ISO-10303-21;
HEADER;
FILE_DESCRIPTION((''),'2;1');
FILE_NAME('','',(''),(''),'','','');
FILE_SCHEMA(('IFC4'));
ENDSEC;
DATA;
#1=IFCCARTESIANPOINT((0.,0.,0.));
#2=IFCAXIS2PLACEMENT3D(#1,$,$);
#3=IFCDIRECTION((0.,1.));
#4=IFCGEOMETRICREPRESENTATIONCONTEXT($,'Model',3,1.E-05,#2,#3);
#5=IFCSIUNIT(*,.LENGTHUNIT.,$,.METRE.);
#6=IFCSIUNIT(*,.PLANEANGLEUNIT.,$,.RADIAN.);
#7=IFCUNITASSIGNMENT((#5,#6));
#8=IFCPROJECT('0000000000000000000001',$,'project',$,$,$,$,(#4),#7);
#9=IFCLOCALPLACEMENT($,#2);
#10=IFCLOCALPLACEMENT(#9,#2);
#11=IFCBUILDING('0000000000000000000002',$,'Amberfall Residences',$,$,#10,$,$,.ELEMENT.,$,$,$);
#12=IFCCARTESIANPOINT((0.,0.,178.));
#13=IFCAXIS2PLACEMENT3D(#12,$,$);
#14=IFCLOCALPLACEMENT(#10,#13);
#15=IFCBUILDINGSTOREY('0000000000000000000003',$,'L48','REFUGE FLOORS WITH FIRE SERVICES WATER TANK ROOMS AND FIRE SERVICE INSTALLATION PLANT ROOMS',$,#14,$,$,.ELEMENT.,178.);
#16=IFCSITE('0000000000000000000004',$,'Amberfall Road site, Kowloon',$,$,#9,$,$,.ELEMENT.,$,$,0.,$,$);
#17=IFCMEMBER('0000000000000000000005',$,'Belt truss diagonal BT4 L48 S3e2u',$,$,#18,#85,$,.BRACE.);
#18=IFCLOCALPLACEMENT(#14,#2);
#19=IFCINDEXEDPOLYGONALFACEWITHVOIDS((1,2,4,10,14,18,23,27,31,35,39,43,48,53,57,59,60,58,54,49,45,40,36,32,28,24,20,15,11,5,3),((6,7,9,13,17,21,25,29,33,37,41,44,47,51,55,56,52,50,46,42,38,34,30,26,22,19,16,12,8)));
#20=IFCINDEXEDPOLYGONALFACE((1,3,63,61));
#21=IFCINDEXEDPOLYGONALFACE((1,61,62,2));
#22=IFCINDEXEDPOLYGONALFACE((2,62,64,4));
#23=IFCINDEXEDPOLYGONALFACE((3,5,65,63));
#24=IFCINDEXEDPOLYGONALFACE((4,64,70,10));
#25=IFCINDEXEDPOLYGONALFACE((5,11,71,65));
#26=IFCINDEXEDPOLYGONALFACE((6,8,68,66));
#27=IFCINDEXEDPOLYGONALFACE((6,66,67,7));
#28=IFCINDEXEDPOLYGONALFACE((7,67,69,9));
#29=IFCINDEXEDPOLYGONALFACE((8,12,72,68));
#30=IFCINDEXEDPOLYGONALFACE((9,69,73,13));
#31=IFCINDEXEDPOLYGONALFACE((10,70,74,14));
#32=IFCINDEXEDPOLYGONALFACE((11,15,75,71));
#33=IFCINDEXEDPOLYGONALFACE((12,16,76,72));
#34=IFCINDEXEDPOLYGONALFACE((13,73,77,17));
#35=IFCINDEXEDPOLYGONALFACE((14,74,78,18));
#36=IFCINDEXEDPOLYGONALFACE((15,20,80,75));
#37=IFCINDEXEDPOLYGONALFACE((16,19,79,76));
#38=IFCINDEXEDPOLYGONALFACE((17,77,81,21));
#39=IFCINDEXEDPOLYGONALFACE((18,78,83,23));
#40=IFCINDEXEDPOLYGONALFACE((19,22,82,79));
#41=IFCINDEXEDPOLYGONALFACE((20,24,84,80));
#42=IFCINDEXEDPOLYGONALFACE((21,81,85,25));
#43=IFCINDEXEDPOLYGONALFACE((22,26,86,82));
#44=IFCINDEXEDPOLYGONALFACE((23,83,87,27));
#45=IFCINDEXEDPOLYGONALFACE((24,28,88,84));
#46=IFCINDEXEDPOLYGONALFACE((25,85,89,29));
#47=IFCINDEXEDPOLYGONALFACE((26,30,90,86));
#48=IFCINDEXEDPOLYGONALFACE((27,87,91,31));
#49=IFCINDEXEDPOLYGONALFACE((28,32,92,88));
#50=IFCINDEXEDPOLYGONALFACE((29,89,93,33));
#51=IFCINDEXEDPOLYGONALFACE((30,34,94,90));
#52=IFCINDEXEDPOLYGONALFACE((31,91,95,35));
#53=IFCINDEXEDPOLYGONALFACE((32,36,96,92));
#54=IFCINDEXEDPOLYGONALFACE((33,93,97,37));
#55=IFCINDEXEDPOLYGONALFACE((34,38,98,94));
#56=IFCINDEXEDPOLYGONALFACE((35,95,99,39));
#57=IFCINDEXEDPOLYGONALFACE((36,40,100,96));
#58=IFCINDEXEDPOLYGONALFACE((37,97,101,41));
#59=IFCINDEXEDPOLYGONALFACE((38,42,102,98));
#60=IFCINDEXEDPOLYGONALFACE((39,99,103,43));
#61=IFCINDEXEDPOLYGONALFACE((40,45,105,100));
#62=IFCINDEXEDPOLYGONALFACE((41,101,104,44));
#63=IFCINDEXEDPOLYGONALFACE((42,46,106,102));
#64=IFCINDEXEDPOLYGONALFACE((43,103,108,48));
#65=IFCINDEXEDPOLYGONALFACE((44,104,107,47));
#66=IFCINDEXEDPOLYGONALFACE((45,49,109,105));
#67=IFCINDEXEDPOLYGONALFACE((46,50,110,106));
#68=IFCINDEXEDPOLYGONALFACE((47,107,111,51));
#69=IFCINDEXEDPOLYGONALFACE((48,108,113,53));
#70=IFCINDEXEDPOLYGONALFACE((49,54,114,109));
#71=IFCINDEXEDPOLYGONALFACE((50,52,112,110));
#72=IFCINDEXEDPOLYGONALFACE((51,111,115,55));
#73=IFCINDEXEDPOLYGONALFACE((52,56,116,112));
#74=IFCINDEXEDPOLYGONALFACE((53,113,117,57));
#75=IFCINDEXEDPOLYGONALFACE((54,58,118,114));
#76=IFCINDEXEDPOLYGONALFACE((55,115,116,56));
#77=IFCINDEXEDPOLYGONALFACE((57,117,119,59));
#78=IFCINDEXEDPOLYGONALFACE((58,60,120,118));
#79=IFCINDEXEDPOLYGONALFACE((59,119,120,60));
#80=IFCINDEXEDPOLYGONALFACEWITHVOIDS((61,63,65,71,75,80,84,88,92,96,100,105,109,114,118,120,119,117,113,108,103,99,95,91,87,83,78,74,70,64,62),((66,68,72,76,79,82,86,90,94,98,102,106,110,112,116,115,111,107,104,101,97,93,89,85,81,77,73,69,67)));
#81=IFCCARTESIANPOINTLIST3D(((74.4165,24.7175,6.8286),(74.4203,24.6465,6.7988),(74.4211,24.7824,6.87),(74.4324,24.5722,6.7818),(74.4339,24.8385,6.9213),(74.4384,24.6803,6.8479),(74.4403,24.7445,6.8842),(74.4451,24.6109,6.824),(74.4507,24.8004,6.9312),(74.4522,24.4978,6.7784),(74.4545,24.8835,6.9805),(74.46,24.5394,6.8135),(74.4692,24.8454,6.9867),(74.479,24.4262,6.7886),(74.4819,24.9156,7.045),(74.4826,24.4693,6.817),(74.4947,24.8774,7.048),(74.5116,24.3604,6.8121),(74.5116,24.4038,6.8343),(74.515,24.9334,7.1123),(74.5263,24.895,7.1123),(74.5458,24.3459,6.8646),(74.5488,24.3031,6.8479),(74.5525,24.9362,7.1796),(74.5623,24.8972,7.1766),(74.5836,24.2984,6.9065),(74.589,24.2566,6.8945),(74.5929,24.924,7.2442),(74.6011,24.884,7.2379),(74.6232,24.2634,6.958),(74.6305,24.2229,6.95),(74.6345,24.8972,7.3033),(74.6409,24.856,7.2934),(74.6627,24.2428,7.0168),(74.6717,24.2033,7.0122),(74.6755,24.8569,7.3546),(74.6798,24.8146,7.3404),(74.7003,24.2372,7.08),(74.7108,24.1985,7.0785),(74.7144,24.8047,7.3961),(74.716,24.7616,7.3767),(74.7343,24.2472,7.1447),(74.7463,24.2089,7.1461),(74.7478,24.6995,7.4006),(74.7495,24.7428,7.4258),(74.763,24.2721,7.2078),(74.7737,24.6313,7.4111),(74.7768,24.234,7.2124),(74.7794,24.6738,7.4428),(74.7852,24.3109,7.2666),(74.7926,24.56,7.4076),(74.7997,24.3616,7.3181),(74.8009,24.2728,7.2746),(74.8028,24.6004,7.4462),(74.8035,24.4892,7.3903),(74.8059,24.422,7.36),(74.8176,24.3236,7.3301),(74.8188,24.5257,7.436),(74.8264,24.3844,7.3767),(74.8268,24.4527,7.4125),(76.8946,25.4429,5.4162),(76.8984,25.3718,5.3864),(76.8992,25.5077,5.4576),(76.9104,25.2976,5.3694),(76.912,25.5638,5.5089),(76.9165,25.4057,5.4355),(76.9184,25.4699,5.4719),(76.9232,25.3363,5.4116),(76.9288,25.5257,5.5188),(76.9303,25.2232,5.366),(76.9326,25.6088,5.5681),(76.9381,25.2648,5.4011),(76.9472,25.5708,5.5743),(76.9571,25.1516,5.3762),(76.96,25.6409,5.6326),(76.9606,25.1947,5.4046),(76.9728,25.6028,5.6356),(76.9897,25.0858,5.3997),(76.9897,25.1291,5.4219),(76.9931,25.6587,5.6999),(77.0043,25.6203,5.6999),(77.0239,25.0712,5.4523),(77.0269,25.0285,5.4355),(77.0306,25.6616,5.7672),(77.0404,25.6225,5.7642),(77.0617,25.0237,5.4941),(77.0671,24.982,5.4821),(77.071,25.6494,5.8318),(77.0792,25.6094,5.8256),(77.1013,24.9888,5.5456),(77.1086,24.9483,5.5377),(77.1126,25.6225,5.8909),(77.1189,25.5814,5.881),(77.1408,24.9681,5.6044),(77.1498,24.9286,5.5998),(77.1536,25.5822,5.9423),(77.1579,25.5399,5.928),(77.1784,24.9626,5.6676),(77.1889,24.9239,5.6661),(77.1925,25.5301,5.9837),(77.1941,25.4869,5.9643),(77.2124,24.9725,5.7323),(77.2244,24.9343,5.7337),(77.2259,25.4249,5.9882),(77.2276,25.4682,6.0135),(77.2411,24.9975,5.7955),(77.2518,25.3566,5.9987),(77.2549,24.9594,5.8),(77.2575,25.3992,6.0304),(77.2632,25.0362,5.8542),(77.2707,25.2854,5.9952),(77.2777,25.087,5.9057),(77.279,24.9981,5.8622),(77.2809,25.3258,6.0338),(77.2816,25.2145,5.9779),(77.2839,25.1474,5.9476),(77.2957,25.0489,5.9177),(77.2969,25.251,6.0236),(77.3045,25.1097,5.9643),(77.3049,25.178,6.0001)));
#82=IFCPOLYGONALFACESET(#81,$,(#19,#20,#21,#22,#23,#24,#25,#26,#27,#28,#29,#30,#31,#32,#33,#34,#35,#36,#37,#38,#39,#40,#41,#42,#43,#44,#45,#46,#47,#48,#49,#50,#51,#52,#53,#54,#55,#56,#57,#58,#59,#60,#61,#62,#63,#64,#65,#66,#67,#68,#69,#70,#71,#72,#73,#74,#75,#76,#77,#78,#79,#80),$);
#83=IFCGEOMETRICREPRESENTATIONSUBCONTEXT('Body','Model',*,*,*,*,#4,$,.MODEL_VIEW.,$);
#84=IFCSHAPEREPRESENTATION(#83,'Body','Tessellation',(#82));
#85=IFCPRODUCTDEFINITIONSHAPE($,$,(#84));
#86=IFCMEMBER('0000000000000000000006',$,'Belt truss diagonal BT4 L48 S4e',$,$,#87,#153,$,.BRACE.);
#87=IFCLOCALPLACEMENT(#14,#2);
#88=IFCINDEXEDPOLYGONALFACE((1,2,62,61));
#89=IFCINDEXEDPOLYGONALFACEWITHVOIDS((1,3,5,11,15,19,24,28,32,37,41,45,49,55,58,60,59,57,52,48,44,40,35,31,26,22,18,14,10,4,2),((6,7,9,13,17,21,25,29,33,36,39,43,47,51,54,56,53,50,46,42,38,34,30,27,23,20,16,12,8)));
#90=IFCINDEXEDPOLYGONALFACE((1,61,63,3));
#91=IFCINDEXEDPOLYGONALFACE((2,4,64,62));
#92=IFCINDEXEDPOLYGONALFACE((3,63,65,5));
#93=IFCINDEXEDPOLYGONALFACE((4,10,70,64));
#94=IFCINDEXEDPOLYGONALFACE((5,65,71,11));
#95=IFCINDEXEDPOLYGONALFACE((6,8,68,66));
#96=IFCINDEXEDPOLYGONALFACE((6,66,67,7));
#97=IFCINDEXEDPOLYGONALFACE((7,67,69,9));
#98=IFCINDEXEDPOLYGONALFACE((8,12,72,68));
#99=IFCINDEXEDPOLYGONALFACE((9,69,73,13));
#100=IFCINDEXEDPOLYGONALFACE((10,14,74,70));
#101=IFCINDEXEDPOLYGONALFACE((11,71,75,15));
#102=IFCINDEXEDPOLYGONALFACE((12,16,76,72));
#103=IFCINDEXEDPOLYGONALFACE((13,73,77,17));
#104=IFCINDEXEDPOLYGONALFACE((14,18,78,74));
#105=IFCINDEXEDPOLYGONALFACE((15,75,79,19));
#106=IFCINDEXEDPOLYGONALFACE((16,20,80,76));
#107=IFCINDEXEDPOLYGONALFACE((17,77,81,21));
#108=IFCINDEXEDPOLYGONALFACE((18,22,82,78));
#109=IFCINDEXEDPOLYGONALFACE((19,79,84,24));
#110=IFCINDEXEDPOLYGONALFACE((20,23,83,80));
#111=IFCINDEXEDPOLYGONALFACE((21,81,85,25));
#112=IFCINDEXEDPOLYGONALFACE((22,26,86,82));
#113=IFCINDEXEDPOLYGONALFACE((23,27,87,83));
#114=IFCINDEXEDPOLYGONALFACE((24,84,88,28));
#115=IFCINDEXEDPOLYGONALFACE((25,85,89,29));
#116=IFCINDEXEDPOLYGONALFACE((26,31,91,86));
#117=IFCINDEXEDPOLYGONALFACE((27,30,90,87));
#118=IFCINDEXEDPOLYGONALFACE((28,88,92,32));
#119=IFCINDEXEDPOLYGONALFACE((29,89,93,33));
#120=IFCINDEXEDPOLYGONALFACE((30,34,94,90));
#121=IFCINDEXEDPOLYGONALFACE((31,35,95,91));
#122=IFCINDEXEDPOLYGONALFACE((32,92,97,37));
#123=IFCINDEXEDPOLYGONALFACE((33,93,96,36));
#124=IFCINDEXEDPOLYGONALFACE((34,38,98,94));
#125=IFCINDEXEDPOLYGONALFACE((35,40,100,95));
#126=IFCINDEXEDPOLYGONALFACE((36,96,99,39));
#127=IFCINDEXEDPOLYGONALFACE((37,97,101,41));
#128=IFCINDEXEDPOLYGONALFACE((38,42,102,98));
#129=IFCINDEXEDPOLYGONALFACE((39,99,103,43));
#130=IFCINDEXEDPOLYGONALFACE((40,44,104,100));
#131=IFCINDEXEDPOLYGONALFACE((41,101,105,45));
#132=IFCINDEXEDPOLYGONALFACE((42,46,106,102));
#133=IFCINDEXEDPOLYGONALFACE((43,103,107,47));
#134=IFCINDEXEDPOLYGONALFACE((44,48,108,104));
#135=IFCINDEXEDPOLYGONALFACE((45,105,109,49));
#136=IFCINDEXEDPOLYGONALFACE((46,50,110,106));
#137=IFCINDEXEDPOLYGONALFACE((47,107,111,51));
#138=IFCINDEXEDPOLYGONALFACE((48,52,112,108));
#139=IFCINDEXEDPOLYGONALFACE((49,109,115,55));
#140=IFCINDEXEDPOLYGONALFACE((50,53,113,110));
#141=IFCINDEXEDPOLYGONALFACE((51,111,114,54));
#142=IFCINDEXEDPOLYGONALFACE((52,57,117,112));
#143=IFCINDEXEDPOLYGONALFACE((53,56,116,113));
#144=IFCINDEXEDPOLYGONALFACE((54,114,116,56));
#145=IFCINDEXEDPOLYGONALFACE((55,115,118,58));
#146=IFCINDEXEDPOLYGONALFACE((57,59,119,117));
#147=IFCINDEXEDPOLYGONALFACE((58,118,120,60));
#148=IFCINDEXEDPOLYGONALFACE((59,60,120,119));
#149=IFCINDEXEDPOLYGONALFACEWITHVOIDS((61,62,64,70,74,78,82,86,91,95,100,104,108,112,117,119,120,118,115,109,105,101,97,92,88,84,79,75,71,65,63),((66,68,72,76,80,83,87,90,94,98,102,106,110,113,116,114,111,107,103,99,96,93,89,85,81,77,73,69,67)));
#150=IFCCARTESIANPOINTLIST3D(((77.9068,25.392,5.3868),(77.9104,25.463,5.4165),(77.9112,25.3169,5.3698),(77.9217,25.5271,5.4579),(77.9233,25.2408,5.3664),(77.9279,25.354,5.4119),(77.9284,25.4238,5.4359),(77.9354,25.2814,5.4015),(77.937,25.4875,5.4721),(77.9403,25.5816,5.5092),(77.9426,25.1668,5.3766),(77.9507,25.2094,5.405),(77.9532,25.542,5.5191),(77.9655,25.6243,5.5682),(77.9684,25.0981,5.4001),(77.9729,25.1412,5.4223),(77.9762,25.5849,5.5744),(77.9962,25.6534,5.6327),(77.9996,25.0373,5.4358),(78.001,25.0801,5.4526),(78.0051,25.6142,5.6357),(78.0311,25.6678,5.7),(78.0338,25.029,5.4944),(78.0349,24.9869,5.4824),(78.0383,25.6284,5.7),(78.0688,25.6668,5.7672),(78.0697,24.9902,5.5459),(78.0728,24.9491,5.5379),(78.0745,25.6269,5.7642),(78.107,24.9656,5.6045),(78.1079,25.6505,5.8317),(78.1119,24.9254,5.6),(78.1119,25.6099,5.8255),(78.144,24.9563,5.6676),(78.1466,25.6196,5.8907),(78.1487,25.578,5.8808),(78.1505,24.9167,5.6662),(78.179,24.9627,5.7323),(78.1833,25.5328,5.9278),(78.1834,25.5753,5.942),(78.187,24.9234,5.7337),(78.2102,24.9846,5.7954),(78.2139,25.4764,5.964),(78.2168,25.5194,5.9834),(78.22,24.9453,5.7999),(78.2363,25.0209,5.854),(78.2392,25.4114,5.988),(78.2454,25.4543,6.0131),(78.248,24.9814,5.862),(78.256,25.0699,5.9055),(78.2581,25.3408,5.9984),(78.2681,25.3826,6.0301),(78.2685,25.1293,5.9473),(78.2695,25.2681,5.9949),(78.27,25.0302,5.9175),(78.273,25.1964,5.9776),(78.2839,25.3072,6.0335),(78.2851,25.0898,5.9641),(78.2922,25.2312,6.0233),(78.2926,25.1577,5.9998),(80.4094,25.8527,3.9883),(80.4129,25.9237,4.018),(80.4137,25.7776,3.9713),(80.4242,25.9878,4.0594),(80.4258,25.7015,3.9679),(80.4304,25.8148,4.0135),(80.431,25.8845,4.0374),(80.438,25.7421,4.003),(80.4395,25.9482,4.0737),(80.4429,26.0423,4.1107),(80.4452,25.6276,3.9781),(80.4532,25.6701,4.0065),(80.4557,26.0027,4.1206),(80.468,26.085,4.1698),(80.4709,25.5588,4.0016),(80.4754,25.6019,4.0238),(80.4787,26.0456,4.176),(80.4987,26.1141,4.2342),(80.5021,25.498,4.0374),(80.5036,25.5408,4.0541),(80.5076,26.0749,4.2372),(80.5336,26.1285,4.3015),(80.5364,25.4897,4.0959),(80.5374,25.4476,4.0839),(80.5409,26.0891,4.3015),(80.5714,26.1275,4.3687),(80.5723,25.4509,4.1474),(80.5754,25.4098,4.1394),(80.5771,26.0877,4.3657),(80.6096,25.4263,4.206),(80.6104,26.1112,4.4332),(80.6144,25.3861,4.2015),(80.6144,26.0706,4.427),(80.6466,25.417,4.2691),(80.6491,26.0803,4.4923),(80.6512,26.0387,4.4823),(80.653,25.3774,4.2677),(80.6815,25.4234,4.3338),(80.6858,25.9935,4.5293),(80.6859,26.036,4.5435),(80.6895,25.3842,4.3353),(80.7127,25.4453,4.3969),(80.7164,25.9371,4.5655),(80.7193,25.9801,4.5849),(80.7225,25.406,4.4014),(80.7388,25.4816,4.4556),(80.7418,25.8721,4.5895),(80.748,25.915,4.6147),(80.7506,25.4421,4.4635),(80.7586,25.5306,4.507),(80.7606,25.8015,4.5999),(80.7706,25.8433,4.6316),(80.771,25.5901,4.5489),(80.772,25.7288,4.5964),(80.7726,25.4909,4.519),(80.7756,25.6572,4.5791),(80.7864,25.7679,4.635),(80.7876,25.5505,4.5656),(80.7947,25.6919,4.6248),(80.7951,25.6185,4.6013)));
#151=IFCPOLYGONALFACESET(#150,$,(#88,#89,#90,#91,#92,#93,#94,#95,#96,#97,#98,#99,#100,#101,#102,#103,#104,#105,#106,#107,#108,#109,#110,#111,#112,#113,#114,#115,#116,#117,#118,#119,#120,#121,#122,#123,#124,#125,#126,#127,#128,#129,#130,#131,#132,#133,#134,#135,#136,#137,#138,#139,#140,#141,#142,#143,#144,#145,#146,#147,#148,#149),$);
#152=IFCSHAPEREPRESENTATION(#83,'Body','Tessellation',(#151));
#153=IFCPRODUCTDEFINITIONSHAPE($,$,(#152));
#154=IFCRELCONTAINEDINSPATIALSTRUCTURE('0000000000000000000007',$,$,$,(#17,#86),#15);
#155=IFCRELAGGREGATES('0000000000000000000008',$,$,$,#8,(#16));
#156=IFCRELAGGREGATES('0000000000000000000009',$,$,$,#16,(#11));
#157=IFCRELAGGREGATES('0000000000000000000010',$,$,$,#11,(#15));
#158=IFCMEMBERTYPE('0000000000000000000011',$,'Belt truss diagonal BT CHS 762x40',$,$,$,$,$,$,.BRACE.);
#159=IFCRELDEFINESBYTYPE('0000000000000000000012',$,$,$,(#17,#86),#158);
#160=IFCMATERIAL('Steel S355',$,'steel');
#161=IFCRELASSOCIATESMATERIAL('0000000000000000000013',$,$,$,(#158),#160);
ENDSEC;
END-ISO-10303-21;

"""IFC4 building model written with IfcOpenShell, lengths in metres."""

from ifc_helpers import new_model, si_unit, direction, frame, origin, origin_2d, place, context, subcontext, project, spatial, hollow_circle, extrude, material, material_profile, profile_set, type_object, element, save


model = new_model("IFC4")

# Units and contexts
model_context = context("Model", 3, precision=1e-05, world=origin(), true_north=direction((0.0, 1.0)))
body_context = subcontext(model_context, "Body", "Model", "MODEL_VIEW")
ifc_project = project(units=[si_unit("LENGTHUNIT", "METRE"), si_unit("PLANEANGLEUNIT", "RADIAN")], contexts=[model_context])

# Site, building, storey
site_placement = place(None, origin())
site = spatial("IfcSite", under=ifc_project, at=site_placement, Name="Amberfall Road site, Kowloon", CompositionType="ELEMENT", RefElevation=0.0)
building_placement = place(site_placement, origin())
building = spatial("IfcBuilding", under=site, at=building_placement, Name="Amberfall Residences", CompositionType="ELEMENT")
storey_placement = place(building_placement, frame((0.0, 0.0, 178.0)))
storey = spatial("IfcBuildingStorey", under=building, at=storey_placement, Name="L48", Description="REFUGE FLOORS WITH FIRE SERVICES WATER TANK ROOMS AND FIRE SERVICE INSTALLATION PLANT ROOMS", CompositionType="ELEMENT", Elevation=178.0)

# Shared definitions
ifc_material_1 = material(Name="Steel S355", Category="steel")

# Members
ifc_material_profile_1 = material_profile(ifc_material_1, hollow_circle(Radius=0.3811, WallThickness=0.04, at=origin_2d()), Name="CHS 762x40")
ifc_profile_set_1 = profile_set([ifc_material_profile_1], Name="Steel S355")
member_type_1 = type_object("IfcMemberType", Name="Belt truss diagonal BT CHS 762x40", PredefinedType="BRACE", material=ifc_profile_set_1)
member_1_placement = place(storey_placement, frame((74.6221, 24.5676, 7.1123), z_axis=(0.841996, 0.24646, -0.479896), x_axis=(-0.280922, 0.959731, 0.0)))
element("IfcMember", 1, at=member_1_placement, inside=storey, type_object=member_type_1, Name="Belt truss diagonal BT4 L48 S3e2u", PredefinedType="BRACE", context=body_context, shape_type="SweptSolid", body=[
    extrude(hollow_circle(Radius=0.3811, WallThickness=0.04, at=origin_2d()), origin(), (0.0, 0.0, 1.0), 2.9431),
])
member_2_placement = place(storey_placement, frame((78.1001, 25.293, 5.7), z_axis=(0.861883, 0.15867, -0.481645), x_axis=(-0.181055, 0.983473, 0.0)))
element("IfcMember", 2, at=member_2_placement, inside=storey, type_object=member_type_1, Name="Belt truss diagonal BT4 L48 S4e", PredefinedType="BRACE", context=body_context, shape_type="SweptSolid", body=[
    extrude(hollow_circle(Radius=0.3811, WallThickness=0.04, at=origin_2d()), origin(), (0.0, 0.0, 1.0), 2.9036),
])

save(model, "model.ifc")
